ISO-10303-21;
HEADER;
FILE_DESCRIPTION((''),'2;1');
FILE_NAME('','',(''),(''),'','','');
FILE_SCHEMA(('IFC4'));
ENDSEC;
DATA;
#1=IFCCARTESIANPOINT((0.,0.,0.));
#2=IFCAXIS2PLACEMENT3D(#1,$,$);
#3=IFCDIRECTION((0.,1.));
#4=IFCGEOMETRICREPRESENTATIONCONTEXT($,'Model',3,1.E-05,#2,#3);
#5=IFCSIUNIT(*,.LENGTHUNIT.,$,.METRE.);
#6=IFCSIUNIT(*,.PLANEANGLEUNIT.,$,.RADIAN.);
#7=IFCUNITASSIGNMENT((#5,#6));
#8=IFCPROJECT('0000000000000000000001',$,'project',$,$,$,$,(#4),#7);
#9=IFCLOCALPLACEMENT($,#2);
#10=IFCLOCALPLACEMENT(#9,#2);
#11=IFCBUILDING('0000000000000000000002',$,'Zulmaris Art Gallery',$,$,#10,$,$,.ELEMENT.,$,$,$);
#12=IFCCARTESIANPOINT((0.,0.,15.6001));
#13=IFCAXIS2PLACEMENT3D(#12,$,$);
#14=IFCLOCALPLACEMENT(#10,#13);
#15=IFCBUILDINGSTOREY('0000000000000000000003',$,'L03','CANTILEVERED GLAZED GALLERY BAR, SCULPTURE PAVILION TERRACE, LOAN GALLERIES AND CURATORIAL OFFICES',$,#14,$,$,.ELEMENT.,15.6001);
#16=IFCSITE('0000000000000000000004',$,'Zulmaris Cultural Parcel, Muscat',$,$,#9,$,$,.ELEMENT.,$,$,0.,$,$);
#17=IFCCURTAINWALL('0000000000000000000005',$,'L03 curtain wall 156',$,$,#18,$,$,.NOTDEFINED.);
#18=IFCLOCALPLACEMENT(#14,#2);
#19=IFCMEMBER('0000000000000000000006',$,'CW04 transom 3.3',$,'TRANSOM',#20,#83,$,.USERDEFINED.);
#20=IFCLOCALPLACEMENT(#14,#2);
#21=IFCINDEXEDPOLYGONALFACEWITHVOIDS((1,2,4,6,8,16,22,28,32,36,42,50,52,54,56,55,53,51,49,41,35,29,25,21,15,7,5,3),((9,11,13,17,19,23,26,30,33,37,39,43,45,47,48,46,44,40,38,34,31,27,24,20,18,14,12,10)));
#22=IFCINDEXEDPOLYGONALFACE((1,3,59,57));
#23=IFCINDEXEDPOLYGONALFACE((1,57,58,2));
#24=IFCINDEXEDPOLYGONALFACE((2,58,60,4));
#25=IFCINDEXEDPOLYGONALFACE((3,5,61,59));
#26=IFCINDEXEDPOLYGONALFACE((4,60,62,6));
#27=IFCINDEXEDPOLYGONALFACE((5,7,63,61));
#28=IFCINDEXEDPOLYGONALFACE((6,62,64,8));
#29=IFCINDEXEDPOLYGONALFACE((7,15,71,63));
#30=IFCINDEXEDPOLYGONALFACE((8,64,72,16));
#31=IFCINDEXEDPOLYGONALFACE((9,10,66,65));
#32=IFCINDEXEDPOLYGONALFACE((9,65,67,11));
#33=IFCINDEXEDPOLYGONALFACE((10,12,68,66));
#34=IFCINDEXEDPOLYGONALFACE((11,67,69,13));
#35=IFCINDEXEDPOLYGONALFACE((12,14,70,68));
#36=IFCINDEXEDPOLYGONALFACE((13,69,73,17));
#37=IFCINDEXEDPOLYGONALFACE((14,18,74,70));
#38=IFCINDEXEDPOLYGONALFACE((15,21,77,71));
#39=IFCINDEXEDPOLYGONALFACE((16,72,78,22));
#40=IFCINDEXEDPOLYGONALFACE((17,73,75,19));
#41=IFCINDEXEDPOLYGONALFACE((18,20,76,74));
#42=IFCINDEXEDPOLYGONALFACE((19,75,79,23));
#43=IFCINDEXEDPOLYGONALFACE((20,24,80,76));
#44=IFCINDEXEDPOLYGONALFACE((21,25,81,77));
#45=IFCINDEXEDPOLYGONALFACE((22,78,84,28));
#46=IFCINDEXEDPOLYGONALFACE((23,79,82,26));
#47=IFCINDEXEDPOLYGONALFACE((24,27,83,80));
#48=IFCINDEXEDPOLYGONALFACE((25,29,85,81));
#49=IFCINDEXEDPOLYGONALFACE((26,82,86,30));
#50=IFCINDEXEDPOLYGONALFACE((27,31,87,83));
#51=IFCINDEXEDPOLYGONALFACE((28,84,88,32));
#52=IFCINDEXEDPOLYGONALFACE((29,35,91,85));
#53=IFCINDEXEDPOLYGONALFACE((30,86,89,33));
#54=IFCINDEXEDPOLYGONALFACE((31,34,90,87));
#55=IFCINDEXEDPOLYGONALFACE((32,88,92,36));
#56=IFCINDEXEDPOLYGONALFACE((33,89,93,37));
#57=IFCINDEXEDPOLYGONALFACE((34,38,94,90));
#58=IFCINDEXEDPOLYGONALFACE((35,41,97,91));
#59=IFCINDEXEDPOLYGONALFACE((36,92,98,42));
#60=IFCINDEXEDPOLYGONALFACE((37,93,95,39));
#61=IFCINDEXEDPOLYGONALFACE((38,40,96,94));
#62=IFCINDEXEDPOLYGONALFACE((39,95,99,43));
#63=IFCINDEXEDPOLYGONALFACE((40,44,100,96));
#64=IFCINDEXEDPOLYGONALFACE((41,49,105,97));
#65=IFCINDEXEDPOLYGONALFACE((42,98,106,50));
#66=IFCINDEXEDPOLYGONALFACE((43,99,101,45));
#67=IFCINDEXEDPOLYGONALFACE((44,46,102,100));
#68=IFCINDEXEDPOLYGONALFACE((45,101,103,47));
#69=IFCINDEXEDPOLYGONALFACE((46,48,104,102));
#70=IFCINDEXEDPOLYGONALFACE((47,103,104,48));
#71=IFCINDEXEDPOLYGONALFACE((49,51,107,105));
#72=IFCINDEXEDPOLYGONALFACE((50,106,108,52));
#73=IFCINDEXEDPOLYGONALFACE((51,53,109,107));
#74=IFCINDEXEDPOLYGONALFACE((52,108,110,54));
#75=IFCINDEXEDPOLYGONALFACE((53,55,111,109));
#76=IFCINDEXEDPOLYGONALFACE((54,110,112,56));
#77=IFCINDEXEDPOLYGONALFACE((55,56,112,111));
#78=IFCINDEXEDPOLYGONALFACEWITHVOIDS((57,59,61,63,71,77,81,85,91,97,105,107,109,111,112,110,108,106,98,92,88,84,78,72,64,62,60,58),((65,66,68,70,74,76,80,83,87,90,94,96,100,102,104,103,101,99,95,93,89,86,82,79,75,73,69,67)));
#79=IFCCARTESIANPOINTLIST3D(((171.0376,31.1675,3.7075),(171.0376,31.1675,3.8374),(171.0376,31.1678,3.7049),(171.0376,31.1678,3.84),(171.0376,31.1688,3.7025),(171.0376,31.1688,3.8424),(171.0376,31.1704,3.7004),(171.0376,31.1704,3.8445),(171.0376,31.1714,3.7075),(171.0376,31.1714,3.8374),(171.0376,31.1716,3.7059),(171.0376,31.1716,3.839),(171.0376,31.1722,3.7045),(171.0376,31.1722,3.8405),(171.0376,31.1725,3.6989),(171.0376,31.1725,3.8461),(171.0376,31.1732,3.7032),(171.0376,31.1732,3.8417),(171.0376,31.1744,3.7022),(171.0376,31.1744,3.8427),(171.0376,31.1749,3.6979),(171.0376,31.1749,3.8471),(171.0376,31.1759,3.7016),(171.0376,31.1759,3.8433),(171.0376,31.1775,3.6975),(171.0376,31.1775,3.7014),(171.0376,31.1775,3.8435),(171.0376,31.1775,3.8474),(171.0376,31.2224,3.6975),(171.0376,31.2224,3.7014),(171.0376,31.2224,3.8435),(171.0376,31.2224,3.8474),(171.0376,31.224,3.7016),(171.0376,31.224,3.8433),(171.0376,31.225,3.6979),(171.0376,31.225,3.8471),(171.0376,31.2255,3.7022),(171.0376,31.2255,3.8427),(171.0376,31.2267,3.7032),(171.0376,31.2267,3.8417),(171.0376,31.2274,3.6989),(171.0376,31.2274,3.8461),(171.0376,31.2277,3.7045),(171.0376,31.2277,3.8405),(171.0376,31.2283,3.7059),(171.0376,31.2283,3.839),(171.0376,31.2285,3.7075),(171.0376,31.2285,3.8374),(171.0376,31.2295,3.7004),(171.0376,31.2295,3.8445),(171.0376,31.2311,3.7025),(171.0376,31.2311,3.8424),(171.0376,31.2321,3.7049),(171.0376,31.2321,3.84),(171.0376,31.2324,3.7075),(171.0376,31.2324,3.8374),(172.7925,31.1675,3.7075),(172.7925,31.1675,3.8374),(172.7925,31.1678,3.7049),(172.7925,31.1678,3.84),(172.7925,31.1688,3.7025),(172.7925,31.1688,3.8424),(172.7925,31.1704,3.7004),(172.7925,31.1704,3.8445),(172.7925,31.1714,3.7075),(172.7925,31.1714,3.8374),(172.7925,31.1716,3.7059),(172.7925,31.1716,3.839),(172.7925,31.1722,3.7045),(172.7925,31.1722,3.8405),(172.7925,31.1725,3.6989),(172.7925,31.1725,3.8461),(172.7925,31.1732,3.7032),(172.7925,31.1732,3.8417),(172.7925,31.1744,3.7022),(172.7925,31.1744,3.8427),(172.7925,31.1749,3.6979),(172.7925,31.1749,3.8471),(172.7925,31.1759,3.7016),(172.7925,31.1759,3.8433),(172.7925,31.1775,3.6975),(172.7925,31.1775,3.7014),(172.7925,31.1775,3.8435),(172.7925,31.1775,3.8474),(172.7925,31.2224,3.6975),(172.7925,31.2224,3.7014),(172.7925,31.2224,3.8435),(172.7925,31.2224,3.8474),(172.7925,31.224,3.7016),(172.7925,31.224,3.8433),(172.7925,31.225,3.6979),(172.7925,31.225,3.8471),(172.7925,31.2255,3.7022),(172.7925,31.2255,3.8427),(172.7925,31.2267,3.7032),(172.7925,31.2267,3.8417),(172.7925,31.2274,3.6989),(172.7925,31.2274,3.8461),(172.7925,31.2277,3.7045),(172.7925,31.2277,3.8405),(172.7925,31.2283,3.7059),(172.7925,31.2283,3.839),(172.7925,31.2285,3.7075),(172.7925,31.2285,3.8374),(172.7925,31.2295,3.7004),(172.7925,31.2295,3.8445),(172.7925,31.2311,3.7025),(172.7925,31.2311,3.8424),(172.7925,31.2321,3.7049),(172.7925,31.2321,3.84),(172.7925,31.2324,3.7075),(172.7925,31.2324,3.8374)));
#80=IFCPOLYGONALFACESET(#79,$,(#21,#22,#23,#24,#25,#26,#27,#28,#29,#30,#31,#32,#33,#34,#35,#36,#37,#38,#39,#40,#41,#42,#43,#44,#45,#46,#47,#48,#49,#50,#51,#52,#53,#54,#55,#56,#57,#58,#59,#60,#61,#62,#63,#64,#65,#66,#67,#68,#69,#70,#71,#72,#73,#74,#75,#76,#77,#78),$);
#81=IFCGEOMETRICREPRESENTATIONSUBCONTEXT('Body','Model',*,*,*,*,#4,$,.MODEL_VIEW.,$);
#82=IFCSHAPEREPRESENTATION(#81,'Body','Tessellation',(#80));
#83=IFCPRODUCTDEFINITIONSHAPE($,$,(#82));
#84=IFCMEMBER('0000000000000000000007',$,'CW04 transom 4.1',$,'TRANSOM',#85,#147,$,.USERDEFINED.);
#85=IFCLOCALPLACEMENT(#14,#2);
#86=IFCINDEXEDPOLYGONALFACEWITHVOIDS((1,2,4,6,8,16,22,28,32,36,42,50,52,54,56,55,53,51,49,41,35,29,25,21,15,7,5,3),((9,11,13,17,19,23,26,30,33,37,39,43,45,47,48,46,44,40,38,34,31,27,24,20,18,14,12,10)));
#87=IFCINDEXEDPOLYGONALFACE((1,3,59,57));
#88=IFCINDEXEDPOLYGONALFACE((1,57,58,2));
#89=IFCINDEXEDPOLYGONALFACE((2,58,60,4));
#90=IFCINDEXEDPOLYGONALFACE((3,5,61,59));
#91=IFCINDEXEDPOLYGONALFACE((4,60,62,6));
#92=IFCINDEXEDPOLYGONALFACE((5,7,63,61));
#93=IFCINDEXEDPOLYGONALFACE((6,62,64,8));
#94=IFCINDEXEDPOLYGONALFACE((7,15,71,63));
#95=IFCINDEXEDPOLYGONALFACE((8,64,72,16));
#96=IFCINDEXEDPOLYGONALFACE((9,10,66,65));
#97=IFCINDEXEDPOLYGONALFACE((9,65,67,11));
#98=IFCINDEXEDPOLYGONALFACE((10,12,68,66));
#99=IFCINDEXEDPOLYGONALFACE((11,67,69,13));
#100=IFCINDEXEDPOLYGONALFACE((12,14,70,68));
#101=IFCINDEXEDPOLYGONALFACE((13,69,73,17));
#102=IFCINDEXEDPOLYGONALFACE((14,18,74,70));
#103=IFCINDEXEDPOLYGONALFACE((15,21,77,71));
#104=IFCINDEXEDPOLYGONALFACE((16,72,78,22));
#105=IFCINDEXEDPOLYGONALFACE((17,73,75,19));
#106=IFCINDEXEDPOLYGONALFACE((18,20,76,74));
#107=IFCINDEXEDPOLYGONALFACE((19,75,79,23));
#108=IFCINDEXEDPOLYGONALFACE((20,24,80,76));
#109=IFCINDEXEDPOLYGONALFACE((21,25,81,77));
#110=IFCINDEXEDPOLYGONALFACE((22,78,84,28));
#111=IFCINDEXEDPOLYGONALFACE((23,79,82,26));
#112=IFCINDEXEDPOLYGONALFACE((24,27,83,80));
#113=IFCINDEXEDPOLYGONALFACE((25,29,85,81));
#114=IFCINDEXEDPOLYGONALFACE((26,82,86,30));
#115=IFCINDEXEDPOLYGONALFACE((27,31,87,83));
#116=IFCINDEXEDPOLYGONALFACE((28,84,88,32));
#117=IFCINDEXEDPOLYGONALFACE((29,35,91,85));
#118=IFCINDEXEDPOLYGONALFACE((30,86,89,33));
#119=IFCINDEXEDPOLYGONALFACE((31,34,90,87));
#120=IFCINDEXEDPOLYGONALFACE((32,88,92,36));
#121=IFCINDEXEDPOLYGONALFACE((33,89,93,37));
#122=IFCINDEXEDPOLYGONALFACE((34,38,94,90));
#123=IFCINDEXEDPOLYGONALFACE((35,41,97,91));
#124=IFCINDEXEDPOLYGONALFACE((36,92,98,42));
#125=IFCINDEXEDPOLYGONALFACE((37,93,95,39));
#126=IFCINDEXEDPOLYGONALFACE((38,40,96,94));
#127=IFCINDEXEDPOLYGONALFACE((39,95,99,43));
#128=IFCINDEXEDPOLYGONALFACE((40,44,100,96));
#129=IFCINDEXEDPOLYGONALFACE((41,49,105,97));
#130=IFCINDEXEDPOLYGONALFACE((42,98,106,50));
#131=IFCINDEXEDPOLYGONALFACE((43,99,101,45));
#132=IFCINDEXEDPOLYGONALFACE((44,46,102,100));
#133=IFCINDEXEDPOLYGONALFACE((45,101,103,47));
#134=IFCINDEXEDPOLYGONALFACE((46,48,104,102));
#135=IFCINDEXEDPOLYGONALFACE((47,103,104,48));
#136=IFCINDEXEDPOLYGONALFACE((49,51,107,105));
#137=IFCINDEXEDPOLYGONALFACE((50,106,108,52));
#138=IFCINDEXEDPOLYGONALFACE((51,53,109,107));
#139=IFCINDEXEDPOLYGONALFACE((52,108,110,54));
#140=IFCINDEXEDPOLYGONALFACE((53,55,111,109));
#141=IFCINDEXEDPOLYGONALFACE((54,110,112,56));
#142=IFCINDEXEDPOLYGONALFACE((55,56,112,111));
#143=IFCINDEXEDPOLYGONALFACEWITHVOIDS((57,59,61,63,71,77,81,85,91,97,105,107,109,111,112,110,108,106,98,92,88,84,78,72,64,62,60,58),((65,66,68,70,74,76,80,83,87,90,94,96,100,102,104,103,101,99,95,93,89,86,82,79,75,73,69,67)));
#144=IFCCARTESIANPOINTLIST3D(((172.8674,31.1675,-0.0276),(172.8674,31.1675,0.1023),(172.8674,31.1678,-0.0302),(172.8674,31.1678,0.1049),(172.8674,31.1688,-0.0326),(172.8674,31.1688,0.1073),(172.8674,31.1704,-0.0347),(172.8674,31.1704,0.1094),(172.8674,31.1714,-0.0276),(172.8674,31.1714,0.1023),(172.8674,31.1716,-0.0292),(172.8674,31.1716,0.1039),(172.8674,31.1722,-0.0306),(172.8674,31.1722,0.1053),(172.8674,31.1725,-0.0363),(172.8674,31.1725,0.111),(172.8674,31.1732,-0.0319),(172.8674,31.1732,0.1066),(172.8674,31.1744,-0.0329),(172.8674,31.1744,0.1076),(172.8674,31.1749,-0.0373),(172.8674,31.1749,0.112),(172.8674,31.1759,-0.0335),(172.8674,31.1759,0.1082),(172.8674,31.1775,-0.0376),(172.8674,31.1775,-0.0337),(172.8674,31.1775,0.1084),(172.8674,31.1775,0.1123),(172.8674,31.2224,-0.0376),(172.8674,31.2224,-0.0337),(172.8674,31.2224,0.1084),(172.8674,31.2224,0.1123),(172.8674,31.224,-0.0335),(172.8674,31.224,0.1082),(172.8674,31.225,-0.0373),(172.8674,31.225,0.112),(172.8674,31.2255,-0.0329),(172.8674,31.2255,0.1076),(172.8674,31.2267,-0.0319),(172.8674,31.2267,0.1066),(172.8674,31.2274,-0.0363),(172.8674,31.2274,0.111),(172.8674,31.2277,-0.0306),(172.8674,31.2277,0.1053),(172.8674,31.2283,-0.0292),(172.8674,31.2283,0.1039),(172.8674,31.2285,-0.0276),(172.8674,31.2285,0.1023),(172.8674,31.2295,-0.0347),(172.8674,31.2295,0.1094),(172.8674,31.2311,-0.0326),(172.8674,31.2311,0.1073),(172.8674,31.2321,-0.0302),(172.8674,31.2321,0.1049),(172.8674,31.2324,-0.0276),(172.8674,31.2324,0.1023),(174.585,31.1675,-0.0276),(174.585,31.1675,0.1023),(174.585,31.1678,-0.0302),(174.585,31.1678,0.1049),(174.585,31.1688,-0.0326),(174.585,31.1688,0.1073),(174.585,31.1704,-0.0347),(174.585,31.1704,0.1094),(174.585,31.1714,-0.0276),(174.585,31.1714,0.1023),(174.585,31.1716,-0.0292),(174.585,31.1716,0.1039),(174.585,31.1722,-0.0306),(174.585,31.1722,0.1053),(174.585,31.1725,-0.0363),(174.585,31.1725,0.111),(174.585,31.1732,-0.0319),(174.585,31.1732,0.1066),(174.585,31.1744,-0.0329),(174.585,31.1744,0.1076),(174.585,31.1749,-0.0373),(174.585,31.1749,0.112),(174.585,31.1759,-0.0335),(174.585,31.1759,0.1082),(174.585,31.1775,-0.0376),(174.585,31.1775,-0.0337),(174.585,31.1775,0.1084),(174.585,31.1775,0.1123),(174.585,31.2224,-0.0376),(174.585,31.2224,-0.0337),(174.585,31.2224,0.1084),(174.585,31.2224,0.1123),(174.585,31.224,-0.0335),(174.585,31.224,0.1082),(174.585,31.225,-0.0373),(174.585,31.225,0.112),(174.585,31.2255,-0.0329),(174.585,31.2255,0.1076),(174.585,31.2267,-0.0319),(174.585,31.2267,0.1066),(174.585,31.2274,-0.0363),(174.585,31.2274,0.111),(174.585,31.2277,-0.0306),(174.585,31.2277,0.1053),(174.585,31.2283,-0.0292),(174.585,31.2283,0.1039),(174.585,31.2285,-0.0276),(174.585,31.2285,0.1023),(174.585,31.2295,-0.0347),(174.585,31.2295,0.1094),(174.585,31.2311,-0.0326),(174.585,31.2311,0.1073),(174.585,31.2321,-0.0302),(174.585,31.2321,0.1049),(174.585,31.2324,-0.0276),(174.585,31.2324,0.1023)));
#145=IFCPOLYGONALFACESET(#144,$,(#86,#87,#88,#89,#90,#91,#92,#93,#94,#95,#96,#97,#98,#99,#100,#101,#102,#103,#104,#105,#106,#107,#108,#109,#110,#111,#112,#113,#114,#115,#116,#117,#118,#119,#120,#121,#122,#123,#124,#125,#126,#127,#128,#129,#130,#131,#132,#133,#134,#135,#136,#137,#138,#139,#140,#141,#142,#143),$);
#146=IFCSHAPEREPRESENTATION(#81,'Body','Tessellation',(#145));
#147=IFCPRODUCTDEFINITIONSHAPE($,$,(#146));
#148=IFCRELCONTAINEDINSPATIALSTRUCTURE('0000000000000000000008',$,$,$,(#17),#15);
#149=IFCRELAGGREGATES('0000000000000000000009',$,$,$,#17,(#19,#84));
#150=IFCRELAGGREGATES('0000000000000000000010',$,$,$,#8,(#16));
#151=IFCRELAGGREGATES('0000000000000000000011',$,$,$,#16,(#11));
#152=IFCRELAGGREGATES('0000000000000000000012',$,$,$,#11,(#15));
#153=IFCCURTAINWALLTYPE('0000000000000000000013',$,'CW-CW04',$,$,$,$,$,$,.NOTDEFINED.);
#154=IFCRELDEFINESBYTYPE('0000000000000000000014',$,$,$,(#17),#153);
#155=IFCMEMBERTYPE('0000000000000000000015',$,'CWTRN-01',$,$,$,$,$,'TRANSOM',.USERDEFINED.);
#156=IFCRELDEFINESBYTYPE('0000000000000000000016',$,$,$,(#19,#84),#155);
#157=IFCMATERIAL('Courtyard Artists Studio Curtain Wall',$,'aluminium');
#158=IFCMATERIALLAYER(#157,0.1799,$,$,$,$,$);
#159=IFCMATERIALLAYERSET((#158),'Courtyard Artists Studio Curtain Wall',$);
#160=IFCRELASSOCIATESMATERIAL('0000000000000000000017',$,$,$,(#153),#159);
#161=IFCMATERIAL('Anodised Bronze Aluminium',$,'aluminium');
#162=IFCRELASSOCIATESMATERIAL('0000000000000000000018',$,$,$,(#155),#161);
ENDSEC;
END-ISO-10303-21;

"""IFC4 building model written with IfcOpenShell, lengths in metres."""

from ifc_helpers import new_model, si_unit, direction, frame, origin, origin_2d, place, context, subcontext, project, spatial, hollow_rectangle, extrude, material, layer, layer_set, material_profile, profile_set, type_object, element, aggregate, save


model = new_model("IFC4")

# Units and contexts
model_context = context("Model", 3, precision=1e-05, world=origin(), true_north=direction((0.0, 1.0)))
body_context = subcontext(model_context, "Body", "Model", "MODEL_VIEW")
ifc_project = project(units=[si_unit("LENGTHUNIT", "METRE"), si_unit("PLANEANGLEUNIT", "RADIAN")], contexts=[model_context])

# Site, building, storey
site_placement = place(None, origin())
site = spatial("IfcSite", under=ifc_project, at=site_placement, Name="Zulmaris Cultural Parcel, Muscat", CompositionType="ELEMENT", RefElevation=0.0)
building_placement = place(site_placement, origin())
building = spatial("IfcBuilding", under=site, at=building_placement, Name="Zulmaris Art Gallery", CompositionType="ELEMENT")
storey_placement = place(building_placement, frame((0.0, 0.0, 15.6001)))
storey = spatial("IfcBuildingStorey", under=building, at=storey_placement, Name="L03", Description="CANTILEVERED GLAZED GALLERY BAR, SCULPTURE PAVILION TERRACE, LOAN GALLERIES AND CURATORIAL OFFICES", CompositionType="ELEMENT", Elevation=15.6001)

# Shared definitions
ifc_material_1 = material(Name="Courtyard Artists Studio Curtain Wall", Category="aluminium")
ifc_layer_1 = layer(ifc_material_1, 0.1799)
ifc_layer_set_1 = layer_set([ifc_layer_1], Name="Courtyard Artists Studio Curtain Wall")
curtain_wall_type = type_object("IfcCurtainWallType", Name="CW-CW04", PredefinedType="NOTDEFINED", material=ifc_layer_set_1)
ifc_material_2 = material(Name="Anodised Bronze Aluminium", Category="aluminium")

# Curtain wall
curtain_wall_1_placement = place(storey_placement, origin())
curtain_wall_1 = element("IfcCurtainWall", 1, at=curtain_wall_1_placement, inside=storey, type_object=curtain_wall_type, Name="L03 curtain wall 156", PredefinedType="NOTDEFINED")

# Members
ifc_material_profile_1 = material_profile(ifc_material_2, hollow_rectangle(XDim=0.0649, YDim=0.1499, WallThickness=0.0039, InnerFilletRadius=0.0061, OuterFilletRadius=0.01, at=origin_2d()), Name="ALU 65x150x4")
ifc_profile_set_1 = profile_set([ifc_material_profile_1], Name="Anodised Bronze Aluminium")
member_type_1 = type_object("IfcMemberType", Name="CWTRN-01", ElementType="TRANSOM", PredefinedType="USERDEFINED", material=ifc_profile_set_1)
member_1_placement = place(storey_placement, frame((171.0376, 31.2, 3.7725), z_axis=(1.0, 0.0, 0.0), x_axis=(0.0, 1.0, 0.0)))
member_1 = element("IfcMember", 2, at=member_1_placement, type_object=member_type_1, Name="CW04 transom 3.3", ObjectType="TRANSOM", PredefinedType="USERDEFINED", context=body_context, shape_type="SweptSolid", body=[
    extrude(hollow_rectangle(XDim=0.0649, YDim=0.1499, WallThickness=0.0039, InnerFilletRadius=0.0061, OuterFilletRadius=0.01, at=origin_2d()), origin(), (0.0, 0.0, 1.0), 1.7549),
])
member_2_placement = place(storey_placement, frame((172.8674, 31.2, 0.0374), z_axis=(1.0, 0.0, 0.0), x_axis=(0.0, 1.0, 0.0)))
member_2 = element("IfcMember", 3, at=member_2_placement, type_object=member_type_1, Name="CW04 transom 4.1", ObjectType="TRANSOM", PredefinedType="USERDEFINED", context=body_context, shape_type="SweptSolid", body=[
    extrude(hollow_rectangle(XDim=0.0649, YDim=0.1499, WallThickness=0.0039, InnerFilletRadius=0.0061, OuterFilletRadius=0.01, at=origin_2d()), origin(), (0.0, 0.0, 1.0), 1.7175),
])

aggregate(curtain_wall_1, [member_1, member_2])

save(model, "model.ifc")
